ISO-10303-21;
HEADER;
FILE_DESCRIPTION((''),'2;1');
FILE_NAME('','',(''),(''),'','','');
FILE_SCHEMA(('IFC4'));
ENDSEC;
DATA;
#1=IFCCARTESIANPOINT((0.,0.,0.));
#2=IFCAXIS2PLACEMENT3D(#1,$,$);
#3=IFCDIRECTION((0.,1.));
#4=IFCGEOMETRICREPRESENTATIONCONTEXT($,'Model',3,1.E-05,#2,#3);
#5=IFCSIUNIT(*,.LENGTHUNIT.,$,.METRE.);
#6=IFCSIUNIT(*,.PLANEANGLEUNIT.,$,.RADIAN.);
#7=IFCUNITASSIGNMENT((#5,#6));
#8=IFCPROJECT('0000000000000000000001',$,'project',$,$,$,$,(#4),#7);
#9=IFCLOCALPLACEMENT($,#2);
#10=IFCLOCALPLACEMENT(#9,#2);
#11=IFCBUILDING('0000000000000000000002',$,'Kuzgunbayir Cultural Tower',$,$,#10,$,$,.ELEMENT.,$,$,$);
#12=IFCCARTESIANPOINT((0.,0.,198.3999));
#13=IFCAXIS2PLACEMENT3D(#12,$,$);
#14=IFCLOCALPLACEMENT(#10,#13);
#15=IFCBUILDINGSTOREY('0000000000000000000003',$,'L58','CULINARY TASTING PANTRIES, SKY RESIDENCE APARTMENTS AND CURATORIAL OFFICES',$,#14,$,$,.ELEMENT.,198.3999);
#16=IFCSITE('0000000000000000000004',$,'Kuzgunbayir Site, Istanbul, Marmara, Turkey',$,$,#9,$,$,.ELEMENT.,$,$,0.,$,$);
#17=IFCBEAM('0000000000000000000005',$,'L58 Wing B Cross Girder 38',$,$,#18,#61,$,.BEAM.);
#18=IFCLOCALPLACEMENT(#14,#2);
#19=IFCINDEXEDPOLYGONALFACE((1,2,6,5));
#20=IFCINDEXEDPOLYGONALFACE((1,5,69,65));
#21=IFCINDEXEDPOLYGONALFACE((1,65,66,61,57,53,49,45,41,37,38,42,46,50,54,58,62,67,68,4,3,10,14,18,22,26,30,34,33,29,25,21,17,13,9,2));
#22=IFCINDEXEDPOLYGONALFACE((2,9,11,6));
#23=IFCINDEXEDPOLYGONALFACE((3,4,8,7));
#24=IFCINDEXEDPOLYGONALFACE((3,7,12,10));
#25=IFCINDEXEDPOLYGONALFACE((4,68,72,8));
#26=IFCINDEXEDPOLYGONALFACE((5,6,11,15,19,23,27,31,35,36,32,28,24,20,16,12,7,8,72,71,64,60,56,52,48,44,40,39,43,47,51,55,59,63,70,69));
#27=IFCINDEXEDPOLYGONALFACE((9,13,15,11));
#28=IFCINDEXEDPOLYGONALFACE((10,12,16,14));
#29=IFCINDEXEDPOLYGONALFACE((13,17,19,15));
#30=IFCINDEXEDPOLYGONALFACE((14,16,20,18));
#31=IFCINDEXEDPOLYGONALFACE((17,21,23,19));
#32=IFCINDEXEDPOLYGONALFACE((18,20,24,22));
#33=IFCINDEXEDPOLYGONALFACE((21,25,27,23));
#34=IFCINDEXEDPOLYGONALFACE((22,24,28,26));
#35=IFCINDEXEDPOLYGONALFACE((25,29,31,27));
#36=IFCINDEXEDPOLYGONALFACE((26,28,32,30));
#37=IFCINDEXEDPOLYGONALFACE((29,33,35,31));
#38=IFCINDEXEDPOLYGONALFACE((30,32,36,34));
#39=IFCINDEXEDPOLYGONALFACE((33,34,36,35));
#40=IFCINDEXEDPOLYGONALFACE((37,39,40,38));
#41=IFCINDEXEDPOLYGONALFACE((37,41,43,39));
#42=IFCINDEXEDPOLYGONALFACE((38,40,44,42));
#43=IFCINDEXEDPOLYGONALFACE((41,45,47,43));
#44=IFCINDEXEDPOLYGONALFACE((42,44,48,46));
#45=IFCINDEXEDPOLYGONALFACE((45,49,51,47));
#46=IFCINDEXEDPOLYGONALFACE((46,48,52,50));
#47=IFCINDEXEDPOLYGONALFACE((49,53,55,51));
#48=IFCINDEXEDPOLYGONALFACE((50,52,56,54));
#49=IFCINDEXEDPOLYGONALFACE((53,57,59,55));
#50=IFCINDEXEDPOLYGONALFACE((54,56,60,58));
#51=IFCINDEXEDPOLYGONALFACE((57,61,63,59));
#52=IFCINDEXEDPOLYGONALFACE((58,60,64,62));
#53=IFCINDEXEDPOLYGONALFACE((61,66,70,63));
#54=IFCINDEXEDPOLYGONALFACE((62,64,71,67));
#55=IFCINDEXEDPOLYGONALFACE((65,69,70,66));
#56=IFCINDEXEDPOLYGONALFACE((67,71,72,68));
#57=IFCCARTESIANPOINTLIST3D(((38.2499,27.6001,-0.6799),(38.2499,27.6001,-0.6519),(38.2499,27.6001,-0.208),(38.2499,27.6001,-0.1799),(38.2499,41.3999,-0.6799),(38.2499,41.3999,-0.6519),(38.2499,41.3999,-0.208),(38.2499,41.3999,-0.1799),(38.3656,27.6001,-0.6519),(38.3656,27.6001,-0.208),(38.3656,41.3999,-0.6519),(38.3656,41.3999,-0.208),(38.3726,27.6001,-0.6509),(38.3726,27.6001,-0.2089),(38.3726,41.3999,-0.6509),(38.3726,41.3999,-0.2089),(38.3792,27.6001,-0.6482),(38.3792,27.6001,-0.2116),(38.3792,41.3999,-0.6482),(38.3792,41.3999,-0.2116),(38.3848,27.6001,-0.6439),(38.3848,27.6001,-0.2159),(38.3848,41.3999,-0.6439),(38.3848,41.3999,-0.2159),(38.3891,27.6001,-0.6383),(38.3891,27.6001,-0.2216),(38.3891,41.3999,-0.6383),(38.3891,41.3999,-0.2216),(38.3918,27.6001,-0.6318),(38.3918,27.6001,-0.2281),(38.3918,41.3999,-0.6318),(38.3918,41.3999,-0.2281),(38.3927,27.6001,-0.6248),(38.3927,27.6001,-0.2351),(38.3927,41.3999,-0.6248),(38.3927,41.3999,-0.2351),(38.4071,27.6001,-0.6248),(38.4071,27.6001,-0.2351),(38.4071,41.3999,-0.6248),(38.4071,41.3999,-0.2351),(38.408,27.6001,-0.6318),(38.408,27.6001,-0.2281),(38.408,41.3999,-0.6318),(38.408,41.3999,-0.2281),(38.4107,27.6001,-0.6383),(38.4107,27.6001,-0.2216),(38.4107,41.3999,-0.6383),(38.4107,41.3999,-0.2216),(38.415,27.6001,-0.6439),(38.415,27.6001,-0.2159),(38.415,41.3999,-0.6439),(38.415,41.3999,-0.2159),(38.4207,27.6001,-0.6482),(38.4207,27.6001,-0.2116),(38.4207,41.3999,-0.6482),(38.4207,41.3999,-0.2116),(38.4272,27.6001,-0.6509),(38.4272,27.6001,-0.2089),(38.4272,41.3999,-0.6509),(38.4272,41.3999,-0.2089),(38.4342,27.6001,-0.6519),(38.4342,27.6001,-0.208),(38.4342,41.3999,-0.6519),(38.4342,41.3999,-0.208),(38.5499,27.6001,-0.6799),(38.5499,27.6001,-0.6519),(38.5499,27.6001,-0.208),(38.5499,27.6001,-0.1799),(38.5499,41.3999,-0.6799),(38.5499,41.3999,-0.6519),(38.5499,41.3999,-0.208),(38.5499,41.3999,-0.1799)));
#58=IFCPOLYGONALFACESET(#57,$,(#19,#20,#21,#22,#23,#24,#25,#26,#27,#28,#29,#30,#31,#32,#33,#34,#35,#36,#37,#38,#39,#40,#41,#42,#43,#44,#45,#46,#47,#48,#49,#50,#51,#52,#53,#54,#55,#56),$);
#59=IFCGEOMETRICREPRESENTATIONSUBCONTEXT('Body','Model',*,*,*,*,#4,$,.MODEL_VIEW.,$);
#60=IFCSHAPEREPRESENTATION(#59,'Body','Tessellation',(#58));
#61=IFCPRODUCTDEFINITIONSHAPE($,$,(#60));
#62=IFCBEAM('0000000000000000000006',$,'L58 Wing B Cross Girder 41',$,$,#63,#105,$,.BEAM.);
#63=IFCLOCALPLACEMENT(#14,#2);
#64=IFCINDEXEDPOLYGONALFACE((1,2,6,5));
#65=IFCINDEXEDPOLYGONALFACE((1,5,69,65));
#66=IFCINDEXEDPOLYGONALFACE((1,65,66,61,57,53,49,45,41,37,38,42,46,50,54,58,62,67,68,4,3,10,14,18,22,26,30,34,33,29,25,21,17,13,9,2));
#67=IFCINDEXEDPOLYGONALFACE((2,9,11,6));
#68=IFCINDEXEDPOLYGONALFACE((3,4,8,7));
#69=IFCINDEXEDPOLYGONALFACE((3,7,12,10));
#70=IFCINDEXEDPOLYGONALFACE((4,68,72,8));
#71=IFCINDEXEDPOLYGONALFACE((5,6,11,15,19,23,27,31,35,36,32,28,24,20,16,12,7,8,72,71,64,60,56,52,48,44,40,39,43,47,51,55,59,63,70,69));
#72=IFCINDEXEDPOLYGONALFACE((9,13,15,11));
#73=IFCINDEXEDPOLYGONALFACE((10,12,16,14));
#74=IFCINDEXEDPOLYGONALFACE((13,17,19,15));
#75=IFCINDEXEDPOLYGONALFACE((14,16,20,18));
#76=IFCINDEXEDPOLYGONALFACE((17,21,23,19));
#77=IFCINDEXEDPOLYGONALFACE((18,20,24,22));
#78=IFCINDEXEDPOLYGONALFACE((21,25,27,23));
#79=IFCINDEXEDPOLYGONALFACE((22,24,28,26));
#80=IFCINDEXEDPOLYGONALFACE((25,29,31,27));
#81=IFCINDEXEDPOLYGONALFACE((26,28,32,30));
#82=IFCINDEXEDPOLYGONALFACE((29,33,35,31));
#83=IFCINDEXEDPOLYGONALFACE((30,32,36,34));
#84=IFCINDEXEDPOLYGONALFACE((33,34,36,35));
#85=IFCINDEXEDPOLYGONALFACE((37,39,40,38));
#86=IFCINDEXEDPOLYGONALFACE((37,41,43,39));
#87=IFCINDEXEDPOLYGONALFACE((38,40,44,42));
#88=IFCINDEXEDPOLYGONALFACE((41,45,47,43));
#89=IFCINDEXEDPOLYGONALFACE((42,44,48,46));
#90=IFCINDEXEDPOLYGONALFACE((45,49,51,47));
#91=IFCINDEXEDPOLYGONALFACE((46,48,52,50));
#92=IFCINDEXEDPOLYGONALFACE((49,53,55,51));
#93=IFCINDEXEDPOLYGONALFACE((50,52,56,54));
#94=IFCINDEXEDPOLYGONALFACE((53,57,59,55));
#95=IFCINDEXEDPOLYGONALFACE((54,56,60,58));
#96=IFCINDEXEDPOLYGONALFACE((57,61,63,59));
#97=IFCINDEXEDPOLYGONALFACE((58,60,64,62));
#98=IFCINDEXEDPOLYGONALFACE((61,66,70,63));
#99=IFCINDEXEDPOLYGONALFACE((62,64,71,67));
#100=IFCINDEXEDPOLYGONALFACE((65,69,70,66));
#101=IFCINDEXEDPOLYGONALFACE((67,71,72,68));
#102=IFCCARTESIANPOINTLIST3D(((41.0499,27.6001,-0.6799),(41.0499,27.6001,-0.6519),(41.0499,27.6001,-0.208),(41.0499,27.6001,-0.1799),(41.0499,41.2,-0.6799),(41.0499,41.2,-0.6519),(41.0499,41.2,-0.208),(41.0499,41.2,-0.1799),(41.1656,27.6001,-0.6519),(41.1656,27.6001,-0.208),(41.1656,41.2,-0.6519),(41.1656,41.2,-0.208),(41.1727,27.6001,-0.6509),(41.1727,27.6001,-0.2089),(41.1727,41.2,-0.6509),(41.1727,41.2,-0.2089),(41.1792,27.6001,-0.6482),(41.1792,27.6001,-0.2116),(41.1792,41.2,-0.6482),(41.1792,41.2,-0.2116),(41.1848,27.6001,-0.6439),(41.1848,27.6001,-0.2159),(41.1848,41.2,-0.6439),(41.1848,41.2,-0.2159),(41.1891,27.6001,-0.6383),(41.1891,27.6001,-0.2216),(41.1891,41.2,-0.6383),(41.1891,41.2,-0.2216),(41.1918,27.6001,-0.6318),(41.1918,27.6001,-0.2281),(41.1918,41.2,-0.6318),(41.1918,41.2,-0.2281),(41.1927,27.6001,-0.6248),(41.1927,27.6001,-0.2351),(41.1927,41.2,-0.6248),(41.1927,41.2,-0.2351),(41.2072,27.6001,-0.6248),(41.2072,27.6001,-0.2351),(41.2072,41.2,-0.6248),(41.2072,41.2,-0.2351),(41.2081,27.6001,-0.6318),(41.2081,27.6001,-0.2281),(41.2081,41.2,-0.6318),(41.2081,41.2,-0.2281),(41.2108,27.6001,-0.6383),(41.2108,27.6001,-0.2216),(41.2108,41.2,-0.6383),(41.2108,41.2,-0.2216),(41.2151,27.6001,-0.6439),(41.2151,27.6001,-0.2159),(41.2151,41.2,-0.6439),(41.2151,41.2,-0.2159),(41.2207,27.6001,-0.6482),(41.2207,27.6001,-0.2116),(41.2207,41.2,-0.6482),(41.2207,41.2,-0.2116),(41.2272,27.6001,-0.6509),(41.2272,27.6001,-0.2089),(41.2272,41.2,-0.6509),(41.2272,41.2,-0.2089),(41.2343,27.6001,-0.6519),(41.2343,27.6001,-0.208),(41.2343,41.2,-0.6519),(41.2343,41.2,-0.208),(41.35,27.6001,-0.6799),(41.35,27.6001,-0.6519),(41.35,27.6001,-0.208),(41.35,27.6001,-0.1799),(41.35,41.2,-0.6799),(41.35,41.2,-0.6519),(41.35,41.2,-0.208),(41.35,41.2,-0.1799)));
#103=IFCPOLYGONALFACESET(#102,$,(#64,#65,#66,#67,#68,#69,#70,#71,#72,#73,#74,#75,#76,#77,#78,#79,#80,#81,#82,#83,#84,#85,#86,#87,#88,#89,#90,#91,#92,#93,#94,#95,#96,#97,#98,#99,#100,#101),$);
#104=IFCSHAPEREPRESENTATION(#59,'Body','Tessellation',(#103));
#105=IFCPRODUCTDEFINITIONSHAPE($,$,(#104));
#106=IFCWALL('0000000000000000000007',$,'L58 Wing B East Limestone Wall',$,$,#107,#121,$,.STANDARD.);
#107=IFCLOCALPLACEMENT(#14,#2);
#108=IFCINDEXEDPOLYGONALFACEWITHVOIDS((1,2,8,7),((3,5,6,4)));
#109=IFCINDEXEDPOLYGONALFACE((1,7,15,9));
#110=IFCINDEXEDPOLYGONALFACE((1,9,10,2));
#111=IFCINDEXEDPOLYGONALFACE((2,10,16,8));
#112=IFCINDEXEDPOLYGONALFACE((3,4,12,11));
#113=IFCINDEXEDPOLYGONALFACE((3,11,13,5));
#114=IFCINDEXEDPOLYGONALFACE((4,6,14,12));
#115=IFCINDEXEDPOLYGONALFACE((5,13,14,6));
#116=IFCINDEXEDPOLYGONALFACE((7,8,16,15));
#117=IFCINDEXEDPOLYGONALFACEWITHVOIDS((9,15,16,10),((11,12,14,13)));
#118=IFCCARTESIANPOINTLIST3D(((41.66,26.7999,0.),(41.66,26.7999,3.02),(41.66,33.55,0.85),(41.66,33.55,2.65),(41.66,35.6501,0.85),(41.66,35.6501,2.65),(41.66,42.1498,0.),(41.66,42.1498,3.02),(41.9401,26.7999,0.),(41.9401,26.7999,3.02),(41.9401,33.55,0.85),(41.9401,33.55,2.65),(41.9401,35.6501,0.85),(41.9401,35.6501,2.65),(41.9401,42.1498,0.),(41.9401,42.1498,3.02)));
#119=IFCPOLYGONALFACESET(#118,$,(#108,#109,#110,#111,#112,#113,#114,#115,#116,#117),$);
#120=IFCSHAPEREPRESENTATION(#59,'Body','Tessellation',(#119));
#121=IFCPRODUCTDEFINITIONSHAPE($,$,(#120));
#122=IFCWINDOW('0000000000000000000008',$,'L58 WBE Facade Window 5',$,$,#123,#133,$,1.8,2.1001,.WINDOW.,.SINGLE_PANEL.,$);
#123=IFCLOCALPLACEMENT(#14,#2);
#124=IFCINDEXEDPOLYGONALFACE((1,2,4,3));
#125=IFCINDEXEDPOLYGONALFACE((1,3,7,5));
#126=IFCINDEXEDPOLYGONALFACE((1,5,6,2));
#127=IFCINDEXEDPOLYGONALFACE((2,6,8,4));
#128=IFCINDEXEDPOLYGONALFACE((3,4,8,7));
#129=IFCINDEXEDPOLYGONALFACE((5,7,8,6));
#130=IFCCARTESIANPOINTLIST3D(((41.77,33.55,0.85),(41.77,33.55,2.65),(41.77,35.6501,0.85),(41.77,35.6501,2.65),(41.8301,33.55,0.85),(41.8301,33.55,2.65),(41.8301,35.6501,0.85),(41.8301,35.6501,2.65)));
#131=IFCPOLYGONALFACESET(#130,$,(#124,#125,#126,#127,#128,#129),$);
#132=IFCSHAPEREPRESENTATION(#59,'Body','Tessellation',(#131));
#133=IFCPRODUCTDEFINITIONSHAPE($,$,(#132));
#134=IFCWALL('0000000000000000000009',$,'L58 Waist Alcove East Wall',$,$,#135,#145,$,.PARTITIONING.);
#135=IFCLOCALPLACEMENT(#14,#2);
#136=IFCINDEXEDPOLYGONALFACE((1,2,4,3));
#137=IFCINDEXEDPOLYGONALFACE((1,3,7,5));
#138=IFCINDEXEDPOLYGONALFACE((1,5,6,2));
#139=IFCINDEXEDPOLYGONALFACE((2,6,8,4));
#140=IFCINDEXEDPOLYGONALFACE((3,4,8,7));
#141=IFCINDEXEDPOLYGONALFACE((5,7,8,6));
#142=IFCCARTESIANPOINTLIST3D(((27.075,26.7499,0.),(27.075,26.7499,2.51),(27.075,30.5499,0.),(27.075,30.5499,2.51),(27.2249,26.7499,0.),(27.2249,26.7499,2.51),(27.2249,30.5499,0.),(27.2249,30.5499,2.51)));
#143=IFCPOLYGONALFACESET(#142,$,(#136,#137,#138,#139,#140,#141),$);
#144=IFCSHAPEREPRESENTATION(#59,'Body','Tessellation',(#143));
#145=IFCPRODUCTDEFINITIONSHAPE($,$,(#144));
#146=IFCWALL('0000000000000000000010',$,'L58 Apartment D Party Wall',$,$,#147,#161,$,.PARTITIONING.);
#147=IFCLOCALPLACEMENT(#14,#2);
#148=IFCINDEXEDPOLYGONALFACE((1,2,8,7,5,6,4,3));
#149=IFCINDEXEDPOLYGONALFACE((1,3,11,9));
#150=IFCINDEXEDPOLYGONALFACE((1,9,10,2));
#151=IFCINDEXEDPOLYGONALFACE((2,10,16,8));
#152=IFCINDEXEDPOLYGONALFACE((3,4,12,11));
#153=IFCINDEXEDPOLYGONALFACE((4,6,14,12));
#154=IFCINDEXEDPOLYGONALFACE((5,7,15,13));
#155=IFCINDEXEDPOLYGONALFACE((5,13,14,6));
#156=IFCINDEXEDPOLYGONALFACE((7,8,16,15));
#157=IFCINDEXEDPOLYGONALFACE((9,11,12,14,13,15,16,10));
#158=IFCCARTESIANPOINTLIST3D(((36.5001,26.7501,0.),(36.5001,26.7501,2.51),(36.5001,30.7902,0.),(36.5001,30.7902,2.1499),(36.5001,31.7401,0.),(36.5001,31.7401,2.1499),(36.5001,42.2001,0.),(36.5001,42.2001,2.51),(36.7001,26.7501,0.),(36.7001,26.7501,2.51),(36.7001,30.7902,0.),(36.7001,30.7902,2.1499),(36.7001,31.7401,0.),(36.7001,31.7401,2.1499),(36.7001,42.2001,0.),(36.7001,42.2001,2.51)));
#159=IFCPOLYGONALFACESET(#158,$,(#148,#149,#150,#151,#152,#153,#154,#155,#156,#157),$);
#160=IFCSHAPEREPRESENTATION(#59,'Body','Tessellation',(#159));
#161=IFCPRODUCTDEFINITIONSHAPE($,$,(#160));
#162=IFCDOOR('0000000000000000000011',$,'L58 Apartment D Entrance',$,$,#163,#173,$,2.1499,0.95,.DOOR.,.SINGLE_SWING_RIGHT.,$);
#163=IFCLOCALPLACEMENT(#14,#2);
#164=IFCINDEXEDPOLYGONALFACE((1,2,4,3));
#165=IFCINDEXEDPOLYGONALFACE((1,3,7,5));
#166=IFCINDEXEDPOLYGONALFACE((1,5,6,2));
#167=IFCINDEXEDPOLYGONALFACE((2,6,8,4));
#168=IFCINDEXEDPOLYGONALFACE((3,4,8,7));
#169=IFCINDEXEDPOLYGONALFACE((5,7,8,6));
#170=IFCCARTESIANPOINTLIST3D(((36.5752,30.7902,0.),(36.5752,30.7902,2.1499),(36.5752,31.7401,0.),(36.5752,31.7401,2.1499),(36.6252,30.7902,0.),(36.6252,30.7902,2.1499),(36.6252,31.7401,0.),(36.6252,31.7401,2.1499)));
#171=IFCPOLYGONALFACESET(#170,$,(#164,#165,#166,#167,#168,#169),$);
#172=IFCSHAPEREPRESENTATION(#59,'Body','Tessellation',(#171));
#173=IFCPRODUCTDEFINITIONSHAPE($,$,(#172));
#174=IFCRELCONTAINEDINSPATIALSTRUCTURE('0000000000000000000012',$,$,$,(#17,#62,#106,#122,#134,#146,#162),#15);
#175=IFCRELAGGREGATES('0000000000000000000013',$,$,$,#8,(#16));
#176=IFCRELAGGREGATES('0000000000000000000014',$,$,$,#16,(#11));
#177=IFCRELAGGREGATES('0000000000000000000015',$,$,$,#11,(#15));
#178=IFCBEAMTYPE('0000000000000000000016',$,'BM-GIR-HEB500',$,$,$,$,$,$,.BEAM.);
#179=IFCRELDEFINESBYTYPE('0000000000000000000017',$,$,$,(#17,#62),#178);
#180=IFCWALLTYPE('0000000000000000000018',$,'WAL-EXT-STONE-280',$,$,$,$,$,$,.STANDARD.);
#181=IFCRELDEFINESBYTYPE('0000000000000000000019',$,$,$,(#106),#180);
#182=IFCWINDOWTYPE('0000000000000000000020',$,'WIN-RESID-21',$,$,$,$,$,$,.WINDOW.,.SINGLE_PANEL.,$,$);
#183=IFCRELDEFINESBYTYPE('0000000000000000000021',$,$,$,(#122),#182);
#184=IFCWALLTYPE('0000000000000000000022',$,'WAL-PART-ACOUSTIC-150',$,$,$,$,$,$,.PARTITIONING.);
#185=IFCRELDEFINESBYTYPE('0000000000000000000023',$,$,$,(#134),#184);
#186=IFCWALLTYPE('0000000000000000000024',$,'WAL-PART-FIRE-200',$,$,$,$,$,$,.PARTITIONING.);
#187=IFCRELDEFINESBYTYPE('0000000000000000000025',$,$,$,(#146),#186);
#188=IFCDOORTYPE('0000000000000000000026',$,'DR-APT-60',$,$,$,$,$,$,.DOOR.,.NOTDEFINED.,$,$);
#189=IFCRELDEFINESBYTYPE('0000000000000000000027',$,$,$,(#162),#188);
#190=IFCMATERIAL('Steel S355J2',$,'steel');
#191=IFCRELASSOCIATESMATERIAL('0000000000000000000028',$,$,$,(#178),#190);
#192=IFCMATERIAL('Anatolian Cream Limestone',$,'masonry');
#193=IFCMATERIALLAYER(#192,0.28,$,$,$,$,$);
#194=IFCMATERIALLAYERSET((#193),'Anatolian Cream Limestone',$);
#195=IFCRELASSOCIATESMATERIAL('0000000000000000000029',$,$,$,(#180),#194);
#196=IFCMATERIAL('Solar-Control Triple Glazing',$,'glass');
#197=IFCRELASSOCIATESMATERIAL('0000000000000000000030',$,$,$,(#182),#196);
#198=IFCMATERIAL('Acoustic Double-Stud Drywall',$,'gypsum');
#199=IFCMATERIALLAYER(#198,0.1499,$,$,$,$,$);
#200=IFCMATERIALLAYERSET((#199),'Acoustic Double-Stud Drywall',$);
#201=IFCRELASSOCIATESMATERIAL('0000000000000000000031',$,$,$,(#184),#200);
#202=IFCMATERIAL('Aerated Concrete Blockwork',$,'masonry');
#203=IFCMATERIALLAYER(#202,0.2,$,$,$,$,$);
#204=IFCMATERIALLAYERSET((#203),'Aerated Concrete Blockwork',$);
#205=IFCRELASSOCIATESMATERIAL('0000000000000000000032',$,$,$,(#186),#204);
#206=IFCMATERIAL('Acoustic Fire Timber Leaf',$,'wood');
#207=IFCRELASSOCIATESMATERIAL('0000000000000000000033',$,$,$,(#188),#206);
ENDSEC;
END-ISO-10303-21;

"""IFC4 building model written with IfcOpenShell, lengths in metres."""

from ifc_helpers import new_model, si_unit, direction, frame, frame_2d, origin, origin_2d, place, context, subcontext, project, spatial, rectangle, i_section, extrude, material, layer, layer_set, material_profile, profile_set, type_object, element, fill, save


model = new_model("IFC4")

# Units and contexts
model_context = context("Model", 3, precision=1e-05, world=origin(), true_north=direction((0.0, 1.0)))
body_context = subcontext(model_context, "Body", "Model", "MODEL_VIEW")
ifc_project = project(units=[si_unit("LENGTHUNIT", "METRE"), si_unit("PLANEANGLEUNIT", "RADIAN")], contexts=[model_context])

# Site, building, storey
site_placement = place(None, origin())
site = spatial("IfcSite", under=ifc_project, at=site_placement, Name="Kuzgunbayir Site, Istanbul, Marmara, Turkey", CompositionType="ELEMENT", RefElevation=0.0)
building_placement = place(site_placement, origin())
building = spatial("IfcBuilding", under=site, at=building_placement, Name="Kuzgunbayir Cultural Tower", CompositionType="ELEMENT")
storey_placement = place(building_placement, frame((0.0, 0.0, 198.3999)))
storey = spatial("IfcBuildingStorey", under=building, at=storey_placement, Name="L58", Description="CULINARY TASTING PANTRIES, SKY RESIDENCE APARTMENTS AND CURATORIAL OFFICES", CompositionType="ELEMENT", Elevation=198.3999)

# Beams
ifc_material_1 = material(Name="Steel S355J2", Category="steel")
ifc_material_profile_1 = material_profile(ifc_material_1, i_section(OverallWidth=0.3, OverallDepth=0.5, WebThickness=0.0144, FlangeThickness=0.0281, FilletRadius=0.0271, at=origin_2d()), Name="HEB 500")
ifc_profile_set_1 = profile_set([ifc_material_profile_1], Name="Steel S355J2")
beam_type_1 = type_object("IfcBeamType", Name="BM-GIR-HEB500", PredefinedType="BEAM", material=ifc_profile_set_1)
beam_1_placement = place(storey_placement, frame((38.3999, 27.6001, -0.4299), z_axis=(0.0, 1.0, 0.0), x_axis=(-1.0, 0.0, 0.0)))
element("IfcBeam", 1, at=beam_1_placement, inside=storey, type_object=beam_type_1, Name="L58 Wing B Cross Girder 38", PredefinedType="BEAM", context=body_context, shape_type="SweptSolid", body=[
    extrude(i_section(OverallWidth=0.3, OverallDepth=0.5, WebThickness=0.0144, FlangeThickness=0.0281, FilletRadius=0.0271, at=origin_2d()), origin(), (0.0, 0.0, 1.0), 13.7998),
])
beam_2_placement = place(storey_placement, frame((41.2, 27.6001, -0.4299), z_axis=(0.0, 1.0, 0.0), x_axis=(-1.0, 0.0, 0.0)))
element("IfcBeam", 2, at=beam_2_placement, inside=storey, type_object=beam_type_1, Name="L58 Wing B Cross Girder 41", PredefinedType="BEAM", context=body_context, shape_type="SweptSolid", body=[
    extrude(i_section(OverallWidth=0.3, OverallDepth=0.5, WebThickness=0.0144, FlangeThickness=0.0281, FilletRadius=0.0271, at=origin_2d()), origin(), (0.0, 0.0, 1.0), 13.5999),
])

# Wall, opening, window
ifc_material_2 = material(Name="Anatolian Cream Limestone", Category="masonry")
ifc_layer_1 = layer(ifc_material_2, 0.28)
ifc_layer_set_1 = layer_set([ifc_layer_1], Name="Anatolian Cream Limestone")
wall_type_1 = type_object("IfcWallType", Name="WAL-EXT-STONE-280", PredefinedType="STANDARD", material=ifc_layer_set_1)
wall_1_placement = place(storey_placement, frame((41.8, 26.8, 0.0), z_axis=(0.0, 0.0, 1.0), x_axis=(0.0, 1.0, 0.0)))
wall_1 = element("IfcWall", 3, at=wall_1_placement, inside=storey, type_object=wall_type_1, Name="L58 Wing B East Limestone Wall", PredefinedType="STANDARD", context=body_context, shape_type="SweptSolid", body=[
    extrude(rectangle(XDim=15.3499, YDim=0.28, at=frame_2d((7.6748, 0.0))), origin(), (0.0, 0.0, 1.0), 3.02),
])
opening_1_placement = place(wall_1_placement, frame((6.75, 0.0, 0.8501)))
opening_1 = element("IfcOpeningElement", 4, at=opening_1_placement, cuts=wall_1, PredefinedType="OPENING", context=body_context, shape_type="SweptSolid", body=[
    extrude(rectangle(XDim=2.1001, YDim=1.8, at=frame_2d((1.05, 0.8999))), frame((0.0, 0.1499, 0.0), z_axis=(0.0, -1.0, 0.0), x_axis=(1.0, 0.0, 0.0)), (0.0, 0.0, 1.0), 0.3),
])
ifc_material_3 = material(Name="Solar-Control Triple Glazing", Category="glass")
window_type = type_object("IfcWindowType", Name="WIN-RESID-21", PartitioningType="SINGLE_PANEL", PredefinedType="WINDOW", material=ifc_material_3)
window_placement = place(opening_1_placement, origin())
window = element("IfcWindow", 5, at=window_placement, inside=storey, type_object=window_type, Name="L58 WBE Facade Window 5", OverallHeight=1.8, OverallWidth=2.1001, PartitioningType="SINGLE_PANEL", PredefinedType="WINDOW", context=body_context, shape_type="SweptSolid", body=[
    extrude(rectangle(XDim=2.1001, YDim=1.8, at=frame_2d((1.05, 0.8999))), frame((0.0, 0.03, 0.0), z_axis=(0.0, -1.0, 0.0), x_axis=(1.0, 0.0, 0.0)), (0.0, 0.0, 1.0), 0.0601),
])
fill(opening_1, window)

# Wall
ifc_material_4 = material(Name="Acoustic Double-Stud Drywall", Category="gypsum")
ifc_layer_2 = layer(ifc_material_4, 0.1499)
ifc_layer_set_2 = layer_set([ifc_layer_2], Name="Acoustic Double-Stud Drywall")
wall_type_2 = type_object("IfcWallType", Name="WAL-PART-ACOUSTIC-150", PredefinedType="PARTITIONING", material=ifc_layer_set_2)
wall_2_placement = place(storey_placement, frame((27.1499, 26.75, 0.0), z_axis=(0.0, 0.0, 1.0), x_axis=(0.0, 1.0, 0.0)))
element("IfcWall", 6, at=wall_2_placement, inside=storey, type_object=wall_type_2, Name="L58 Waist Alcove East Wall", PredefinedType="PARTITIONING", context=body_context, shape_type="SweptSolid", body=[
    extrude(rectangle(XDim=3.8, YDim=0.1499, at=frame_2d((1.8999, 0.0))), origin(), (0.0, 0.0, 1.0), 2.51),
])

# Wall, opening, door
ifc_material_5 = material(Name="Aerated Concrete Blockwork", Category="masonry")
ifc_layer_3 = layer(ifc_material_5, 0.2)
ifc_layer_set_3 = layer_set([ifc_layer_3], Name="Aerated Concrete Blockwork")
wall_type_3 = type_object("IfcWallType", Name="WAL-PART-FIRE-200", PredefinedType="PARTITIONING", material=ifc_layer_set_3)
wall_3_placement = place(storey_placement, frame((36.6001, 26.75, 0.0), z_axis=(0.0, 0.0, 1.0), x_axis=(0.0, 1.0, 0.0)))
wall_3 = element("IfcWall", 7, at=wall_3_placement, inside=storey, type_object=wall_type_3, Name="L58 Apartment D Party Wall", PredefinedType="PARTITIONING", context=body_context, shape_type="SweptSolid", body=[
    extrude(rectangle(XDim=15.45, YDim=0.2, at=frame_2d((7.7251, 0.0))), origin(), (0.0, 0.0, 1.0), 2.51),
])
opening_2_placement = place(wall_3_placement, frame((4.04, 0.0, 0.0)))
opening_2 = element("IfcOpeningElement", 8, at=opening_2_placement, cuts=wall_3, PredefinedType="OPENING", context=body_context, shape_type="SweptSolid", body=[
    extrude(rectangle(XDim=0.95, YDim=2.1499, at=frame_2d((0.4751, 1.075))), frame((0.0, 0.1099, 0.0), z_axis=(0.0, -1.0, 0.0), x_axis=(1.0, 0.0, 0.0)), (0.0, 0.0, 1.0), 0.22),
])
ifc_material_6 = material(Name="Acoustic Fire Timber Leaf", Category="wood")
door_type = type_object("IfcDoorType", Name="DR-APT-60", OperationType="NOTDEFINED", PredefinedType="DOOR", material=ifc_material_6)
door_placement = place(opening_2_placement, origin())
door = element("IfcDoor", 9, at=door_placement, inside=storey, type_object=door_type, Name="L58 Apartment D Entrance", OperationType="SINGLE_SWING_RIGHT", OverallHeight=2.1499, OverallWidth=0.95, PredefinedType="DOOR", context=body_context, shape_type="SweptSolid", body=[
    extrude(rectangle(XDim=0.95, YDim=2.1499, at=frame_2d((0.4751, 1.075))), frame((0.0, 0.0249, 0.0), z_axis=(0.0, -1.0, 0.0), x_axis=(1.0, 0.0, 0.0)), (0.0, 0.0, 1.0), 0.05),
])
fill(opening_2, door)

save(model, "model.ifc")
